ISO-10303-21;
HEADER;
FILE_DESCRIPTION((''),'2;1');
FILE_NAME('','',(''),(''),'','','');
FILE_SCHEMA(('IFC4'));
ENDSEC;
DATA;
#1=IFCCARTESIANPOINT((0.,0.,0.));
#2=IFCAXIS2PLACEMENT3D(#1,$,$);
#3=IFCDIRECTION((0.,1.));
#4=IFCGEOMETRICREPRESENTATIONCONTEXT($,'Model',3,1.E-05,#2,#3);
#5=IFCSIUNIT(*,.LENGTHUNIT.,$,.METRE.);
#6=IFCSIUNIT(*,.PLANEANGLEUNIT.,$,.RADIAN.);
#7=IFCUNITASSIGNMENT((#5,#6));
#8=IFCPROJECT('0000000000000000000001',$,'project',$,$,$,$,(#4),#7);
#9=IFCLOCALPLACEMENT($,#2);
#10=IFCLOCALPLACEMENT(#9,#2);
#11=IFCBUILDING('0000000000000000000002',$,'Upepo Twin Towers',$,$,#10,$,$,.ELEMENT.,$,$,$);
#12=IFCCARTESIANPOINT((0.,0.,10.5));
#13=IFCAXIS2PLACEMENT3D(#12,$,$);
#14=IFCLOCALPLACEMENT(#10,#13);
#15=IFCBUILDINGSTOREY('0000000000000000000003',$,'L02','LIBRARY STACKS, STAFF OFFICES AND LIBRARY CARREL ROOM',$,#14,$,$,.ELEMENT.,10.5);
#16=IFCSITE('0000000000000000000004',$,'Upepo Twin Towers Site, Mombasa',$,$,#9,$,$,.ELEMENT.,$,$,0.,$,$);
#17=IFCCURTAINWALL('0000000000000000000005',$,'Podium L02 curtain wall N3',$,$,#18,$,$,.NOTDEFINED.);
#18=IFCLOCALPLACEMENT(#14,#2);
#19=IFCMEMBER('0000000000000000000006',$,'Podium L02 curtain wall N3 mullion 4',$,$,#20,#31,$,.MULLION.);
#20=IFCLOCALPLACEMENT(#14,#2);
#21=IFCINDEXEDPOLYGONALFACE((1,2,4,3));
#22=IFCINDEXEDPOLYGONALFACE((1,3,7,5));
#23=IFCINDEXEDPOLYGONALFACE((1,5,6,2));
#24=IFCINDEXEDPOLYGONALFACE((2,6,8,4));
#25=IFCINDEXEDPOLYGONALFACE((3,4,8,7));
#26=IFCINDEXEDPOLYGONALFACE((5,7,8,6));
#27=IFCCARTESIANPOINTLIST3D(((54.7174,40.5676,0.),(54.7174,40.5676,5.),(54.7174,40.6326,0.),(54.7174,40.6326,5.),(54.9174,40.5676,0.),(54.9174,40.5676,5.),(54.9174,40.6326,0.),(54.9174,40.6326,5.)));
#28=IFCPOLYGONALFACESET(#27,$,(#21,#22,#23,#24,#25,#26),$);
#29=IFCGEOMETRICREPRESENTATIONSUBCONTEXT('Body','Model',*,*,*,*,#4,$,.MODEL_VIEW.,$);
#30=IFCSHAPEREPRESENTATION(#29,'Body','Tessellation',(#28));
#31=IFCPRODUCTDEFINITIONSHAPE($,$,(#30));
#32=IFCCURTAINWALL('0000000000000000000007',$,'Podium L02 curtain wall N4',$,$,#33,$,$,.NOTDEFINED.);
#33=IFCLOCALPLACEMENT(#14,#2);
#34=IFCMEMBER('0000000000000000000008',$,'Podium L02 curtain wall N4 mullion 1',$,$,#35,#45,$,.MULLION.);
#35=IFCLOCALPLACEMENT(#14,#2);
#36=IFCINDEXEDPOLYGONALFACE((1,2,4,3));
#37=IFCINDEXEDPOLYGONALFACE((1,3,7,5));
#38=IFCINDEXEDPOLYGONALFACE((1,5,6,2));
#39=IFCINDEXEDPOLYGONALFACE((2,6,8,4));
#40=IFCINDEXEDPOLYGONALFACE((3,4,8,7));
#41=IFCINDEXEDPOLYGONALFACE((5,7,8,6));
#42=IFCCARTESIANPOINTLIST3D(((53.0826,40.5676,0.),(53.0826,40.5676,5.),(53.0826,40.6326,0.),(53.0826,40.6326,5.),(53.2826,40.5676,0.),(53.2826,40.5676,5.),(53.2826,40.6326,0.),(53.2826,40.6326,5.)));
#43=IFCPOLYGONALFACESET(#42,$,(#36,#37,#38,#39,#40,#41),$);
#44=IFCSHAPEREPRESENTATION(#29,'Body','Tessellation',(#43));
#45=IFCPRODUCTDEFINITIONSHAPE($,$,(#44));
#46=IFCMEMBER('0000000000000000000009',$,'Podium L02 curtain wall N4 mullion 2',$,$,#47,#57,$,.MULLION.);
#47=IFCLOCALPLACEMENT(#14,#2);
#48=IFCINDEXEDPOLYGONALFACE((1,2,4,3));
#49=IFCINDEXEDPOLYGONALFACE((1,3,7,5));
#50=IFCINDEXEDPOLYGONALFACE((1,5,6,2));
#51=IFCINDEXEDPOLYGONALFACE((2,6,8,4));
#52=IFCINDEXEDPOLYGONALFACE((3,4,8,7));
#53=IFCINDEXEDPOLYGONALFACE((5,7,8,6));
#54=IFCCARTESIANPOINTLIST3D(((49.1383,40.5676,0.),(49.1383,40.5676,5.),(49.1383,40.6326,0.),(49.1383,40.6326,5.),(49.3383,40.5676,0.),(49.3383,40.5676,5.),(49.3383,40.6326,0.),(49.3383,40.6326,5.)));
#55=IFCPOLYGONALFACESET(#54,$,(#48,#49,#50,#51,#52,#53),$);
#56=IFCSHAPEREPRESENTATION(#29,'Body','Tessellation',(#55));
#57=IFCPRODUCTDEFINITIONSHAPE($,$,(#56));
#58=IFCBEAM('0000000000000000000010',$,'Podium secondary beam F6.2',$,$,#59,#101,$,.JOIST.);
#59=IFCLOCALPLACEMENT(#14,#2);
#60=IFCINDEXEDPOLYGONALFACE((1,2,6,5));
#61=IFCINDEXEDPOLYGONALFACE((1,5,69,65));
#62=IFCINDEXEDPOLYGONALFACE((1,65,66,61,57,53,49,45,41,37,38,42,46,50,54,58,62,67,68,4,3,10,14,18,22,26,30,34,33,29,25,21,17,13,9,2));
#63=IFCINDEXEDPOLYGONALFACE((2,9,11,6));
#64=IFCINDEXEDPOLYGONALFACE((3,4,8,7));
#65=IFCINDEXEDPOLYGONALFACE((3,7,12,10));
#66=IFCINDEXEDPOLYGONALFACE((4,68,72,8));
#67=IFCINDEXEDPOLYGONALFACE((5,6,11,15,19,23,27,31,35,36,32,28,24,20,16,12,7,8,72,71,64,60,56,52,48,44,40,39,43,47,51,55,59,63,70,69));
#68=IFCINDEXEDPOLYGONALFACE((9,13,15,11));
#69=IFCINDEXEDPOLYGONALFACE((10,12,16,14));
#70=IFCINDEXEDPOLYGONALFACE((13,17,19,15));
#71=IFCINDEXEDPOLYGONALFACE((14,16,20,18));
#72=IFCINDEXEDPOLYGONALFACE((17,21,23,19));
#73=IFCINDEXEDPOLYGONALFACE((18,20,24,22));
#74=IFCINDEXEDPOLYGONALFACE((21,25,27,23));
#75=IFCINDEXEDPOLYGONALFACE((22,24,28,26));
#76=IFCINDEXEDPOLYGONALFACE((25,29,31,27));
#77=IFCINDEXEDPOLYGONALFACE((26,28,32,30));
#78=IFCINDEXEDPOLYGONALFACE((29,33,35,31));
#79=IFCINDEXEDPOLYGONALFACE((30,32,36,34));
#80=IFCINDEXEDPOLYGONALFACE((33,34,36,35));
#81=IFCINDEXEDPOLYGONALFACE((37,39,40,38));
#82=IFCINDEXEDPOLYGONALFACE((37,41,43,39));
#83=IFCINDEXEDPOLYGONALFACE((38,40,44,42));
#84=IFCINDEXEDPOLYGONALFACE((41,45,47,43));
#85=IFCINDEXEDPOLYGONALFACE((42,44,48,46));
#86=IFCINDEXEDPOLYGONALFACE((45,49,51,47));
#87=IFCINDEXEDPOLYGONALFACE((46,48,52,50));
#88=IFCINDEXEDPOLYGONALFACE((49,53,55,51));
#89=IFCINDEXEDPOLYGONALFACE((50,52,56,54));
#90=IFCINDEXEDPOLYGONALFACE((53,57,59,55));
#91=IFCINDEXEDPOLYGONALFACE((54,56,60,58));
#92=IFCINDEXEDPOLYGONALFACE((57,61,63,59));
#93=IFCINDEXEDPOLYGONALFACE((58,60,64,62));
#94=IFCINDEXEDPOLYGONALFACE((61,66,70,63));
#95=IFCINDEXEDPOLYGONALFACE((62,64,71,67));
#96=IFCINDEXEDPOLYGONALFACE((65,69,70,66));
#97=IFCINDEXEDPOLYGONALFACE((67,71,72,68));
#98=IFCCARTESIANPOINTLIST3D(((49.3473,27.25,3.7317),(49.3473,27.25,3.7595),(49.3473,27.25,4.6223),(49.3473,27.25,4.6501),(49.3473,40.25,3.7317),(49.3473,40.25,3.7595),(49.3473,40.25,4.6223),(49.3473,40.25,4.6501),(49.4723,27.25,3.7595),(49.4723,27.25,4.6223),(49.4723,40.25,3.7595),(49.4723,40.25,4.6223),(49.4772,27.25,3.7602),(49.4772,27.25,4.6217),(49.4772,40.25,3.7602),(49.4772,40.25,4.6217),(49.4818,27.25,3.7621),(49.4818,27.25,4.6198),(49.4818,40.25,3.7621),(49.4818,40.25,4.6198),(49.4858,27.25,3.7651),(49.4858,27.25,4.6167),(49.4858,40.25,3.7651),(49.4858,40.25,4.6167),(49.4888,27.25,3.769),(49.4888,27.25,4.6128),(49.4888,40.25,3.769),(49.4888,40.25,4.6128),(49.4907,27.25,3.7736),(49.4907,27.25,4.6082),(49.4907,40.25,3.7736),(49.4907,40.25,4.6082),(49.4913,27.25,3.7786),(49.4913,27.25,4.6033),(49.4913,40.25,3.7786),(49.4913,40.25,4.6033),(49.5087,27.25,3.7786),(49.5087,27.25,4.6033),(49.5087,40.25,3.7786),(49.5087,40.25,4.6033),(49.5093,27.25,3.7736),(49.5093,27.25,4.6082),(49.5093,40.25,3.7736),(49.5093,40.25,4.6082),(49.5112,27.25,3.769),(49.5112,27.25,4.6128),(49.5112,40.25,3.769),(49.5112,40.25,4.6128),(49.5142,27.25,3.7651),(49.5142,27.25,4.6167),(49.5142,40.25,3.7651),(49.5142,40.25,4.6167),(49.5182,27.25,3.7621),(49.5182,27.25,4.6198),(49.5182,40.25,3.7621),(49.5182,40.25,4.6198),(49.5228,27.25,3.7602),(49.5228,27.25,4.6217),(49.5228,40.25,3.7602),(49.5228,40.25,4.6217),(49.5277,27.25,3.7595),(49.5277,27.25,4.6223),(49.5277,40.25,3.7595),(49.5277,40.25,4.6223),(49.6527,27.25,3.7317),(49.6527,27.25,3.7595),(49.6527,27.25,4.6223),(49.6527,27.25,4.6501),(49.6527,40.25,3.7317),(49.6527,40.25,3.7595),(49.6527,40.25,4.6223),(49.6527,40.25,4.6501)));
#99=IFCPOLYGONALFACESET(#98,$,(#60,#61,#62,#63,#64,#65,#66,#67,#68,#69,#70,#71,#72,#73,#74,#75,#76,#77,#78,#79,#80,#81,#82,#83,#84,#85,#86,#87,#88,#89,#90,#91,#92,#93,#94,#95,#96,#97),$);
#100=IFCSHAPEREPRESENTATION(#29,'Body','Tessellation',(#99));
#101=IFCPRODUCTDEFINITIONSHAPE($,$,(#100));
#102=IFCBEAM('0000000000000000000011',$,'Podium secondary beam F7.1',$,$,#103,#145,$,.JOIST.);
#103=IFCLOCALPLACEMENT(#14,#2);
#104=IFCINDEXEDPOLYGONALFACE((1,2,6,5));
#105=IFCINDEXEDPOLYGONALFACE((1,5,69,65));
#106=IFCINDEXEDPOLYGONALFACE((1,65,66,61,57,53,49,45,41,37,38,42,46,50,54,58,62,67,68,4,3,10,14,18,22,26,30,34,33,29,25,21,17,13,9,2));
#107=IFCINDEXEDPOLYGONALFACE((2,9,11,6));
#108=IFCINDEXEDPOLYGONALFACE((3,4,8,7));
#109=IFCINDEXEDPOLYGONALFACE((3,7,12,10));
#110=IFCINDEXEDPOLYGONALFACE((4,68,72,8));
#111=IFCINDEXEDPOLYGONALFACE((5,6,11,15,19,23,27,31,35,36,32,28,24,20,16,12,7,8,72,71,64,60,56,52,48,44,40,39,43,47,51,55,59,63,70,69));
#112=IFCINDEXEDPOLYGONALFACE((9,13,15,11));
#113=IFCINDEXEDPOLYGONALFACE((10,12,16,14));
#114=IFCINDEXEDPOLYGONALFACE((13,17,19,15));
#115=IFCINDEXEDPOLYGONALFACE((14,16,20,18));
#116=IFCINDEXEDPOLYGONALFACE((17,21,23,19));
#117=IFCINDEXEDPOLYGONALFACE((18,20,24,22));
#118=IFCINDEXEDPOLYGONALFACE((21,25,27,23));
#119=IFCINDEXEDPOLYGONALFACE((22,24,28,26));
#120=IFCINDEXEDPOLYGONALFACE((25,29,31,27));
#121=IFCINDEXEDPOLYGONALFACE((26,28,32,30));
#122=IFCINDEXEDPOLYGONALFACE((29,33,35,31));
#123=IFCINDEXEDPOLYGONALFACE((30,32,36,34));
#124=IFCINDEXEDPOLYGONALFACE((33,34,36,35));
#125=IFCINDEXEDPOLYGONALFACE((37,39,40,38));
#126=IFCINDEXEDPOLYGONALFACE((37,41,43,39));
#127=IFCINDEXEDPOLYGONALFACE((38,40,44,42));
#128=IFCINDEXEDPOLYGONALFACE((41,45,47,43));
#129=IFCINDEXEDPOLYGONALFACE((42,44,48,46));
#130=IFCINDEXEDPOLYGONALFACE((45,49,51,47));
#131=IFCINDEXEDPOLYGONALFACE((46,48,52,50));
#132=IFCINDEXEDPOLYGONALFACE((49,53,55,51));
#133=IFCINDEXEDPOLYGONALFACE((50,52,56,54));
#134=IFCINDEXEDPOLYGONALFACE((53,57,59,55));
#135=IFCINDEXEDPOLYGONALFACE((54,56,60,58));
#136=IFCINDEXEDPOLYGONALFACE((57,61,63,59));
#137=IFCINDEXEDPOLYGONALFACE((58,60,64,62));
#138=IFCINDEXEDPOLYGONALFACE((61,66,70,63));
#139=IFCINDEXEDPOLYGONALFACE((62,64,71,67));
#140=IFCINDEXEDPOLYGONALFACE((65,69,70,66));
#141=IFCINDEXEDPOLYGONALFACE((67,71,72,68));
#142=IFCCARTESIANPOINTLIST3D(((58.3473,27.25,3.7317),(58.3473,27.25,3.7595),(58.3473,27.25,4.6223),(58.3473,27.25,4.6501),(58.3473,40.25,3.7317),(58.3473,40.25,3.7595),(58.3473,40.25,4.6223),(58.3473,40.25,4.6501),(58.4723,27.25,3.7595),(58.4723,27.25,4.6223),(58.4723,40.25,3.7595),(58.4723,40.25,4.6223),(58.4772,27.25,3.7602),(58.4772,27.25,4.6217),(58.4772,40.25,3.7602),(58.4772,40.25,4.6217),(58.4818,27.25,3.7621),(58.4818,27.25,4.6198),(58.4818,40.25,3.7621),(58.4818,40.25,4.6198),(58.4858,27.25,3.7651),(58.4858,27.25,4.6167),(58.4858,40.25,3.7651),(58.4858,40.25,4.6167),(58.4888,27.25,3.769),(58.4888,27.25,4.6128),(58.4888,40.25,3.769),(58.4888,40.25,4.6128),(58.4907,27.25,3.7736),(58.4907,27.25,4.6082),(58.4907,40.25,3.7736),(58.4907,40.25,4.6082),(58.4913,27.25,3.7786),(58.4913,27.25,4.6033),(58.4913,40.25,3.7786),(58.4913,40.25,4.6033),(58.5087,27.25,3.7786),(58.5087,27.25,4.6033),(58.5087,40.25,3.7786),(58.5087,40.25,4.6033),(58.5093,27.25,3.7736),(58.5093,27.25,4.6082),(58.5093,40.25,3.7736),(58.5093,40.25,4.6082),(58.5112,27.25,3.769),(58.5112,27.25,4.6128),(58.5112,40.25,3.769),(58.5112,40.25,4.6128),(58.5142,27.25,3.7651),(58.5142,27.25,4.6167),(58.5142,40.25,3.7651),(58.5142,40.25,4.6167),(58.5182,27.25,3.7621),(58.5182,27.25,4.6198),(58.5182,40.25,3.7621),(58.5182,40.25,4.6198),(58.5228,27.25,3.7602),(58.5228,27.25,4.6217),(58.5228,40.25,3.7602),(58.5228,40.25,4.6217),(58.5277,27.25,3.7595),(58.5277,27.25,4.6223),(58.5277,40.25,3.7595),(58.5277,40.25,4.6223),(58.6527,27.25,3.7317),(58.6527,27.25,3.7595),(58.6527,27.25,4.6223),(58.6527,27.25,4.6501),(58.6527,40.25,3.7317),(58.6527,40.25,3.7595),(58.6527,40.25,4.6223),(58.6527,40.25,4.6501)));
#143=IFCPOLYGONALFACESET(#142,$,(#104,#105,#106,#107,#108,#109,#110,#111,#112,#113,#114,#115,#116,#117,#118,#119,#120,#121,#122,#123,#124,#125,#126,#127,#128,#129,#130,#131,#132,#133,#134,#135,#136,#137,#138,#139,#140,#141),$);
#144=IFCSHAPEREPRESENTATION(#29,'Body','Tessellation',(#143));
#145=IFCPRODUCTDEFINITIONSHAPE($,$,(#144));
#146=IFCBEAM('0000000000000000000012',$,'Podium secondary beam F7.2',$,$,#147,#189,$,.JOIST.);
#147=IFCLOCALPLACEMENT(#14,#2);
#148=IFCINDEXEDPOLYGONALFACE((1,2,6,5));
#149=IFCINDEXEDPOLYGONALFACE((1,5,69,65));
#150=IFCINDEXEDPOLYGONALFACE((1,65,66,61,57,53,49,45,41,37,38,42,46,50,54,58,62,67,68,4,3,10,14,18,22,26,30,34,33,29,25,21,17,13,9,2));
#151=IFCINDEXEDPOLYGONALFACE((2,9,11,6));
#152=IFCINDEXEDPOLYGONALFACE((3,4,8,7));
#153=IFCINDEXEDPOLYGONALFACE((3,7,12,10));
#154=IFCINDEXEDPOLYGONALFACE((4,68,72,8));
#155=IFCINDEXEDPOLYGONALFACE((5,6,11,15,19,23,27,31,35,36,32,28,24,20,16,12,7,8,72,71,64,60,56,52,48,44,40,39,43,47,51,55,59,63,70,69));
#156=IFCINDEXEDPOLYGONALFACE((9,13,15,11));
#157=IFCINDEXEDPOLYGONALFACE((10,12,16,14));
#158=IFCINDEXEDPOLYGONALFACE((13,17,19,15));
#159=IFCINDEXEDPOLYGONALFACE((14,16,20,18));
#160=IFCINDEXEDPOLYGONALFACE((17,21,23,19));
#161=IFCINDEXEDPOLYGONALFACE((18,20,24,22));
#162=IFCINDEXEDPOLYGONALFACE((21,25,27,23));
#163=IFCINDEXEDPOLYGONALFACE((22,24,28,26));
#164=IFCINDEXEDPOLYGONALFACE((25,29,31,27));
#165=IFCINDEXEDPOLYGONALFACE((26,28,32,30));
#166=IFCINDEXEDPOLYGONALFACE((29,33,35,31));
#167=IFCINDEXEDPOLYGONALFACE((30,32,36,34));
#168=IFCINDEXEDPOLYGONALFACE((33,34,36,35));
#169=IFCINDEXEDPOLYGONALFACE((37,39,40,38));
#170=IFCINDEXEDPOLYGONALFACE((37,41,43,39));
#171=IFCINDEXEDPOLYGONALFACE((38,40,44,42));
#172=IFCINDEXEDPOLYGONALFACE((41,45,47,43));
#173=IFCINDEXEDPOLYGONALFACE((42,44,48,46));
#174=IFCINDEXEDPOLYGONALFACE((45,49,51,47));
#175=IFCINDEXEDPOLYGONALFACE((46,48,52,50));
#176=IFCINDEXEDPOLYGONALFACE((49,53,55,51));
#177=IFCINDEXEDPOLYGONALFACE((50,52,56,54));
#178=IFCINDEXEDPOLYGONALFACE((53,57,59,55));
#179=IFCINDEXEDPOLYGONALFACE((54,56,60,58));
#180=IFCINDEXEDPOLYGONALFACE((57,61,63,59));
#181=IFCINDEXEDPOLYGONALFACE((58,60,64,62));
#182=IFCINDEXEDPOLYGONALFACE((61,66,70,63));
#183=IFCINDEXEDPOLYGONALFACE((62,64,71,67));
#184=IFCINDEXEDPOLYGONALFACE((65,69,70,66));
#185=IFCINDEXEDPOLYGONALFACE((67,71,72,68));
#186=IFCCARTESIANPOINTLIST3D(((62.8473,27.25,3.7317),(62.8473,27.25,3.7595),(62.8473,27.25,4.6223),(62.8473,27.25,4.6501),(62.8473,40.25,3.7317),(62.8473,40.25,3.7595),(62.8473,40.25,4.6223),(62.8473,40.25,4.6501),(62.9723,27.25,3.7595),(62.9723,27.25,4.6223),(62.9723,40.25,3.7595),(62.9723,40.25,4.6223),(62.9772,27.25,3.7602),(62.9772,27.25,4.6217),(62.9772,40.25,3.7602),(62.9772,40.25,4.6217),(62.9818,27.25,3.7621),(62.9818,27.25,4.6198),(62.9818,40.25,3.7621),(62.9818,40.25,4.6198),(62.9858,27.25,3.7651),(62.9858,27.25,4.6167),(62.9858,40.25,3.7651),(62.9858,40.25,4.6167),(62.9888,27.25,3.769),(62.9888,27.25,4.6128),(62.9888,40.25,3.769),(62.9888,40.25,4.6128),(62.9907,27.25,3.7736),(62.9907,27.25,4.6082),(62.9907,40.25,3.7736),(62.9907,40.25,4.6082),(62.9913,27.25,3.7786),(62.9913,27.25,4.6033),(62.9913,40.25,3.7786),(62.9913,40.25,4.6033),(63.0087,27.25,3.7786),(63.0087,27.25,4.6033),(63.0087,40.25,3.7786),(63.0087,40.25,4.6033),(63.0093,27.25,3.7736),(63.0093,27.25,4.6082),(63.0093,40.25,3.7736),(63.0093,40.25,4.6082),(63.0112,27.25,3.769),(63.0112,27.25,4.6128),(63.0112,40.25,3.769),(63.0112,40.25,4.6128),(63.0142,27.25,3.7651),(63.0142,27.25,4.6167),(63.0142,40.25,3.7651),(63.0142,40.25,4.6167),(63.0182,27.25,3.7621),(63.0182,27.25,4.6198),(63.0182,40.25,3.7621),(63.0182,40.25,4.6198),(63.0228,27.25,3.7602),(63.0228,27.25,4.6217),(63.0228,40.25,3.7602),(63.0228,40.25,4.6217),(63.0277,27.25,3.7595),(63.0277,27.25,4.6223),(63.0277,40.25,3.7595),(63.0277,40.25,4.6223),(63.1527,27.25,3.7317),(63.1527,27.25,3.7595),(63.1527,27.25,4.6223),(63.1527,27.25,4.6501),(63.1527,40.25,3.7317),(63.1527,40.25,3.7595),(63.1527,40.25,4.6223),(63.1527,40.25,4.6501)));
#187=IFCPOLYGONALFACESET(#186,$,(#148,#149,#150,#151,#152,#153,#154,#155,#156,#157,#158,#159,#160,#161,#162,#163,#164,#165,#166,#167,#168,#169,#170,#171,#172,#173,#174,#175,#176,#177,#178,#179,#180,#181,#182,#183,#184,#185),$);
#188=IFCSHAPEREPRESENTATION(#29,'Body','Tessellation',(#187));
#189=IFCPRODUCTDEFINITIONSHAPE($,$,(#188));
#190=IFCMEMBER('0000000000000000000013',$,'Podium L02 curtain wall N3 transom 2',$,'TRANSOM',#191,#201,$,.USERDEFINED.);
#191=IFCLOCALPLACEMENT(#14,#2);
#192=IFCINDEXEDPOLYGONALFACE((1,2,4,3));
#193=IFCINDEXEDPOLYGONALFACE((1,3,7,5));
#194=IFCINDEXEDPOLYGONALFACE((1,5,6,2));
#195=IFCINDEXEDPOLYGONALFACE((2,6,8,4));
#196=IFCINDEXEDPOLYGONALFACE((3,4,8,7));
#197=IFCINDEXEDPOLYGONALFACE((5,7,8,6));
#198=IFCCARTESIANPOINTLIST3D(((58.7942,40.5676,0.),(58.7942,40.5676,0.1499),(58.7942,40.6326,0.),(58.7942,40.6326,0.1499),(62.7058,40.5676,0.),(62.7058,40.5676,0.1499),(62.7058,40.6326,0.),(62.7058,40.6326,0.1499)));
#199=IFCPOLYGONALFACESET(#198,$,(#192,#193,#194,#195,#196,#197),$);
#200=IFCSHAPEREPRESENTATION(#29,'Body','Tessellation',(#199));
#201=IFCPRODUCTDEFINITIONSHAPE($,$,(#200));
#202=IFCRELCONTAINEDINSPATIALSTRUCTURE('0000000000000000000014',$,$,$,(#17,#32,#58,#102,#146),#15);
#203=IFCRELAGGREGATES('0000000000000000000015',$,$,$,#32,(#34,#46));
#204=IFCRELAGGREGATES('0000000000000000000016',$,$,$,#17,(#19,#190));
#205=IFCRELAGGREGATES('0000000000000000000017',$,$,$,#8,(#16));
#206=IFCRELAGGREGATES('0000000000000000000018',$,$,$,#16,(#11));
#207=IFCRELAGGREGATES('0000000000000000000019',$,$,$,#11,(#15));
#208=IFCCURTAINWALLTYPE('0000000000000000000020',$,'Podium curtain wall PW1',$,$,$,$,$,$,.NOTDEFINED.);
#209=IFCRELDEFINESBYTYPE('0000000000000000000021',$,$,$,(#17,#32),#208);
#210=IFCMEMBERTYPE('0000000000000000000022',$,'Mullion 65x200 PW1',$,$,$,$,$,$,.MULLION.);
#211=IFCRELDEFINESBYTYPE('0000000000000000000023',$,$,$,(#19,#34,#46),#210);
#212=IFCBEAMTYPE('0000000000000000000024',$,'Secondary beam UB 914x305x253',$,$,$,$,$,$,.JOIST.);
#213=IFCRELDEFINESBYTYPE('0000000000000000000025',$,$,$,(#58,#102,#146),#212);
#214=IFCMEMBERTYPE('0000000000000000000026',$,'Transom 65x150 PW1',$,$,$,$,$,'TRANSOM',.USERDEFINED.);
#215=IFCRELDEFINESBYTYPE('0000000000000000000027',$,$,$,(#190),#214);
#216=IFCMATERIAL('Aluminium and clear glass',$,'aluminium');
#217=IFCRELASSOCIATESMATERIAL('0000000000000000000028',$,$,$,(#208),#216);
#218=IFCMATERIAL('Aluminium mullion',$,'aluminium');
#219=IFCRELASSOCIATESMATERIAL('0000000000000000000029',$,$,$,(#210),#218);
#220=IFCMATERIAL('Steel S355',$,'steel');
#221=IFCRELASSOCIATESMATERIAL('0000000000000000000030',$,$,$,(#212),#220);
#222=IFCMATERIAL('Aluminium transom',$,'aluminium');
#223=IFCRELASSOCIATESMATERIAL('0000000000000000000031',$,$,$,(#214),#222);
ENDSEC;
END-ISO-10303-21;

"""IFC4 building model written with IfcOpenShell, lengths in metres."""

from ifc_helpers import new_model, si_unit, direction, frame, origin, origin_2d, place, context, subcontext, project, spatial, rectangle, i_section, extrude, material, material_profile, profile_set, type_object, element, aggregate, save


model = new_model("IFC4")

# Units and contexts
model_context = context("Model", 3, precision=1e-05, world=origin(), true_north=direction((0.0, 1.0)))
body_context = subcontext(model_context, "Body", "Model", "MODEL_VIEW")
ifc_project = project(units=[si_unit("LENGTHUNIT", "METRE"), si_unit("PLANEANGLEUNIT", "RADIAN")], contexts=[model_context])

# Site, building, storey
site_placement = place(None, origin())
site = spatial("IfcSite", under=ifc_project, at=site_placement, Name="Upepo Twin Towers Site, Mombasa", CompositionType="ELEMENT", RefElevation=0.0)
building_placement = place(site_placement, origin())
building = spatial("IfcBuilding", under=site, at=building_placement, Name="Upepo Twin Towers", CompositionType="ELEMENT")
storey_placement = place(building_placement, frame((0.0, 0.0, 10.5)))
storey = spatial("IfcBuildingStorey", under=building, at=storey_placement, Name="L02", Description="LIBRARY STACKS, STAFF OFFICES AND LIBRARY CARREL ROOM", CompositionType="ELEMENT", Elevation=10.5)

# Curtain walls, members
ifc_material_1 = material(Name="Aluminium and clear glass", Category="aluminium")
curtain_wall_type = type_object("IfcCurtainWallType", Name="Podium curtain wall PW1", PredefinedType="NOTDEFINED", material=ifc_material_1)
curtain_wall_1_placement = place(storey_placement, origin())
curtain_wall_1 = element("IfcCurtainWall", 1, at=curtain_wall_1_placement, inside=storey, type_object=curtain_wall_type, Name="Podium L02 curtain wall N3", PredefinedType="NOTDEFINED")
ifc_material_2 = material(Name="Aluminium mullion", Category="aluminium")
ifc_material_profile_1 = material_profile(ifc_material_2, rectangle(XDim=0.0649, YDim=0.2, at=origin_2d()), Name="MULLION 65x200 PODIUM")
ifc_profile_set_1 = profile_set([ifc_material_profile_1], Name="Aluminium mullion")
member_type_1 = type_object("IfcMemberType", Name="Mullion 65x200 PW1", PredefinedType="MULLION", material=ifc_profile_set_1)
member_1_placement = place(storey_placement, frame((54.8174, 40.6001, 0.0), z_axis=(0.0, 0.0, 1.0), x_axis=(0.0, -1.0, 0.0)))
member_1 = element("IfcMember", 2, at=member_1_placement, type_object=member_type_1, Name="Podium L02 curtain wall N3 mullion 4", PredefinedType="MULLION", context=body_context, shape_type="SweptSolid", body=[
    extrude(rectangle(XDim=0.0649, YDim=0.2, at=origin_2d()), origin(), (0.0, 0.0, 1.0), 5.0),
])
curtain_wall_2_placement = place(storey_placement, origin())
curtain_wall_2 = element("IfcCurtainWall", 3, at=curtain_wall_2_placement, inside=storey, type_object=curtain_wall_type, Name="Podium L02 curtain wall N4", PredefinedType="NOTDEFINED")
member_2_placement = place(storey_placement, frame((53.1826, 40.6001, 0.0), z_axis=(0.0, 0.0, 1.0), x_axis=(0.0, -1.0, 0.0)))
member_2 = element("IfcMember", 4, at=member_2_placement, type_object=member_type_1, Name="Podium L02 curtain wall N4 mullion 1", PredefinedType="MULLION", context=body_context, shape_type="SweptSolid", body=[
    extrude(rectangle(XDim=0.0649, YDim=0.2, at=origin_2d()), origin(), (0.0, 0.0, 1.0), 5.0),
])
member_3_placement = place(storey_placement, frame((49.2383, 40.6001, 0.0), z_axis=(0.0, 0.0, 1.0), x_axis=(0.0, -1.0, 0.0)))
member_3 = element("IfcMember", 5, at=member_3_placement, type_object=member_type_1, Name="Podium L02 curtain wall N4 mullion 2", PredefinedType="MULLION", context=body_context, shape_type="SweptSolid", body=[
    extrude(rectangle(XDim=0.0649, YDim=0.2, at=origin_2d()), origin(), (0.0, 0.0, 1.0), 5.0),
])

# Beams
ifc_material_3 = material(Name="Steel S355", Category="steel")
ifc_material_profile_2 = material_profile(ifc_material_3, i_section(OverallWidth=0.3054, OverallDepth=0.9185, WebThickness=0.0173, FlangeThickness=0.0278, FilletRadius=0.019, at=origin_2d()), Name="UB 914x305x253")
ifc_profile_set_2 = profile_set([ifc_material_profile_2], Name="Steel S355")
beam_type_1 = type_object("IfcBeamType", Name="Secondary beam UB 914x305x253", PredefinedType="JOIST", material=ifc_profile_set_2)
for number, where, z_axis, x_axis, name in (
    (6, (49.5, 27.25, 4.1909), (0.0, 1.0, 0.0), (-1.0, 0.0, 0.0), "Podium secondary beam F6.2"),
    (7, (58.5, 27.25, 4.1909), (0.0, 1.0, 0.0), (-1.0, 0.0, 0.0), "Podium secondary beam F7.1"),
    (8, (63.0, 27.25, 4.1909), (0.0, 1.0, 0.0), (-1.0, 0.0, 0.0), "Podium secondary beam F7.2"),
):
    element("IfcBeam", number, at=place(storey_placement, frame(where, z_axis=z_axis, x_axis=x_axis)), inside=storey, type_object=beam_type_1, Name=name, PredefinedType="JOIST", context=body_context, shape_type="SweptSolid", body=[
        extrude(i_section(OverallWidth=0.3054, OverallDepth=0.9185, WebThickness=0.0173, FlangeThickness=0.0278, FilletRadius=0.019, at=origin_2d()), origin(), (0.0, 0.0, 1.0), 13.0),
    ])

# Member
ifc_material_4 = material(Name="Aluminium transom", Category="aluminium")
ifc_material_profile_3 = material_profile(ifc_material_4, rectangle(XDim=0.0649, YDim=0.1499, at=origin_2d()), Name="TRANSOM 65x150 PODIUM")
ifc_profile_set_3 = profile_set([ifc_material_profile_3], Name="Aluminium transom")
member_type_2 = type_object("IfcMemberType", Name="Transom 65x150 PW1", ElementType="TRANSOM", PredefinedType="USERDEFINED", material=ifc_profile_set_3)
member_4_placement = place(storey_placement, frame((62.7058, 40.6001, 0.075), z_axis=(-1.0, 0.0, 0.0), x_axis=(0.0, -1.0, 0.0)))
member_4 = element("IfcMember", 9, at=member_4_placement, type_object=member_type_2, Name="Podium L02 curtain wall N3 transom 2", ObjectType="TRANSOM", PredefinedType="USERDEFINED", context=body_context, shape_type="SweptSolid", body=[
    extrude(rectangle(XDim=0.0649, YDim=0.1499, at=origin_2d()), origin(), (0.0, 0.0, 1.0), 3.9116),
])

aggregate(curtain_wall_2, [member_2, member_3])
aggregate(curtain_wall_1, [member_1, member_4])

save(model, "model.ifc")
